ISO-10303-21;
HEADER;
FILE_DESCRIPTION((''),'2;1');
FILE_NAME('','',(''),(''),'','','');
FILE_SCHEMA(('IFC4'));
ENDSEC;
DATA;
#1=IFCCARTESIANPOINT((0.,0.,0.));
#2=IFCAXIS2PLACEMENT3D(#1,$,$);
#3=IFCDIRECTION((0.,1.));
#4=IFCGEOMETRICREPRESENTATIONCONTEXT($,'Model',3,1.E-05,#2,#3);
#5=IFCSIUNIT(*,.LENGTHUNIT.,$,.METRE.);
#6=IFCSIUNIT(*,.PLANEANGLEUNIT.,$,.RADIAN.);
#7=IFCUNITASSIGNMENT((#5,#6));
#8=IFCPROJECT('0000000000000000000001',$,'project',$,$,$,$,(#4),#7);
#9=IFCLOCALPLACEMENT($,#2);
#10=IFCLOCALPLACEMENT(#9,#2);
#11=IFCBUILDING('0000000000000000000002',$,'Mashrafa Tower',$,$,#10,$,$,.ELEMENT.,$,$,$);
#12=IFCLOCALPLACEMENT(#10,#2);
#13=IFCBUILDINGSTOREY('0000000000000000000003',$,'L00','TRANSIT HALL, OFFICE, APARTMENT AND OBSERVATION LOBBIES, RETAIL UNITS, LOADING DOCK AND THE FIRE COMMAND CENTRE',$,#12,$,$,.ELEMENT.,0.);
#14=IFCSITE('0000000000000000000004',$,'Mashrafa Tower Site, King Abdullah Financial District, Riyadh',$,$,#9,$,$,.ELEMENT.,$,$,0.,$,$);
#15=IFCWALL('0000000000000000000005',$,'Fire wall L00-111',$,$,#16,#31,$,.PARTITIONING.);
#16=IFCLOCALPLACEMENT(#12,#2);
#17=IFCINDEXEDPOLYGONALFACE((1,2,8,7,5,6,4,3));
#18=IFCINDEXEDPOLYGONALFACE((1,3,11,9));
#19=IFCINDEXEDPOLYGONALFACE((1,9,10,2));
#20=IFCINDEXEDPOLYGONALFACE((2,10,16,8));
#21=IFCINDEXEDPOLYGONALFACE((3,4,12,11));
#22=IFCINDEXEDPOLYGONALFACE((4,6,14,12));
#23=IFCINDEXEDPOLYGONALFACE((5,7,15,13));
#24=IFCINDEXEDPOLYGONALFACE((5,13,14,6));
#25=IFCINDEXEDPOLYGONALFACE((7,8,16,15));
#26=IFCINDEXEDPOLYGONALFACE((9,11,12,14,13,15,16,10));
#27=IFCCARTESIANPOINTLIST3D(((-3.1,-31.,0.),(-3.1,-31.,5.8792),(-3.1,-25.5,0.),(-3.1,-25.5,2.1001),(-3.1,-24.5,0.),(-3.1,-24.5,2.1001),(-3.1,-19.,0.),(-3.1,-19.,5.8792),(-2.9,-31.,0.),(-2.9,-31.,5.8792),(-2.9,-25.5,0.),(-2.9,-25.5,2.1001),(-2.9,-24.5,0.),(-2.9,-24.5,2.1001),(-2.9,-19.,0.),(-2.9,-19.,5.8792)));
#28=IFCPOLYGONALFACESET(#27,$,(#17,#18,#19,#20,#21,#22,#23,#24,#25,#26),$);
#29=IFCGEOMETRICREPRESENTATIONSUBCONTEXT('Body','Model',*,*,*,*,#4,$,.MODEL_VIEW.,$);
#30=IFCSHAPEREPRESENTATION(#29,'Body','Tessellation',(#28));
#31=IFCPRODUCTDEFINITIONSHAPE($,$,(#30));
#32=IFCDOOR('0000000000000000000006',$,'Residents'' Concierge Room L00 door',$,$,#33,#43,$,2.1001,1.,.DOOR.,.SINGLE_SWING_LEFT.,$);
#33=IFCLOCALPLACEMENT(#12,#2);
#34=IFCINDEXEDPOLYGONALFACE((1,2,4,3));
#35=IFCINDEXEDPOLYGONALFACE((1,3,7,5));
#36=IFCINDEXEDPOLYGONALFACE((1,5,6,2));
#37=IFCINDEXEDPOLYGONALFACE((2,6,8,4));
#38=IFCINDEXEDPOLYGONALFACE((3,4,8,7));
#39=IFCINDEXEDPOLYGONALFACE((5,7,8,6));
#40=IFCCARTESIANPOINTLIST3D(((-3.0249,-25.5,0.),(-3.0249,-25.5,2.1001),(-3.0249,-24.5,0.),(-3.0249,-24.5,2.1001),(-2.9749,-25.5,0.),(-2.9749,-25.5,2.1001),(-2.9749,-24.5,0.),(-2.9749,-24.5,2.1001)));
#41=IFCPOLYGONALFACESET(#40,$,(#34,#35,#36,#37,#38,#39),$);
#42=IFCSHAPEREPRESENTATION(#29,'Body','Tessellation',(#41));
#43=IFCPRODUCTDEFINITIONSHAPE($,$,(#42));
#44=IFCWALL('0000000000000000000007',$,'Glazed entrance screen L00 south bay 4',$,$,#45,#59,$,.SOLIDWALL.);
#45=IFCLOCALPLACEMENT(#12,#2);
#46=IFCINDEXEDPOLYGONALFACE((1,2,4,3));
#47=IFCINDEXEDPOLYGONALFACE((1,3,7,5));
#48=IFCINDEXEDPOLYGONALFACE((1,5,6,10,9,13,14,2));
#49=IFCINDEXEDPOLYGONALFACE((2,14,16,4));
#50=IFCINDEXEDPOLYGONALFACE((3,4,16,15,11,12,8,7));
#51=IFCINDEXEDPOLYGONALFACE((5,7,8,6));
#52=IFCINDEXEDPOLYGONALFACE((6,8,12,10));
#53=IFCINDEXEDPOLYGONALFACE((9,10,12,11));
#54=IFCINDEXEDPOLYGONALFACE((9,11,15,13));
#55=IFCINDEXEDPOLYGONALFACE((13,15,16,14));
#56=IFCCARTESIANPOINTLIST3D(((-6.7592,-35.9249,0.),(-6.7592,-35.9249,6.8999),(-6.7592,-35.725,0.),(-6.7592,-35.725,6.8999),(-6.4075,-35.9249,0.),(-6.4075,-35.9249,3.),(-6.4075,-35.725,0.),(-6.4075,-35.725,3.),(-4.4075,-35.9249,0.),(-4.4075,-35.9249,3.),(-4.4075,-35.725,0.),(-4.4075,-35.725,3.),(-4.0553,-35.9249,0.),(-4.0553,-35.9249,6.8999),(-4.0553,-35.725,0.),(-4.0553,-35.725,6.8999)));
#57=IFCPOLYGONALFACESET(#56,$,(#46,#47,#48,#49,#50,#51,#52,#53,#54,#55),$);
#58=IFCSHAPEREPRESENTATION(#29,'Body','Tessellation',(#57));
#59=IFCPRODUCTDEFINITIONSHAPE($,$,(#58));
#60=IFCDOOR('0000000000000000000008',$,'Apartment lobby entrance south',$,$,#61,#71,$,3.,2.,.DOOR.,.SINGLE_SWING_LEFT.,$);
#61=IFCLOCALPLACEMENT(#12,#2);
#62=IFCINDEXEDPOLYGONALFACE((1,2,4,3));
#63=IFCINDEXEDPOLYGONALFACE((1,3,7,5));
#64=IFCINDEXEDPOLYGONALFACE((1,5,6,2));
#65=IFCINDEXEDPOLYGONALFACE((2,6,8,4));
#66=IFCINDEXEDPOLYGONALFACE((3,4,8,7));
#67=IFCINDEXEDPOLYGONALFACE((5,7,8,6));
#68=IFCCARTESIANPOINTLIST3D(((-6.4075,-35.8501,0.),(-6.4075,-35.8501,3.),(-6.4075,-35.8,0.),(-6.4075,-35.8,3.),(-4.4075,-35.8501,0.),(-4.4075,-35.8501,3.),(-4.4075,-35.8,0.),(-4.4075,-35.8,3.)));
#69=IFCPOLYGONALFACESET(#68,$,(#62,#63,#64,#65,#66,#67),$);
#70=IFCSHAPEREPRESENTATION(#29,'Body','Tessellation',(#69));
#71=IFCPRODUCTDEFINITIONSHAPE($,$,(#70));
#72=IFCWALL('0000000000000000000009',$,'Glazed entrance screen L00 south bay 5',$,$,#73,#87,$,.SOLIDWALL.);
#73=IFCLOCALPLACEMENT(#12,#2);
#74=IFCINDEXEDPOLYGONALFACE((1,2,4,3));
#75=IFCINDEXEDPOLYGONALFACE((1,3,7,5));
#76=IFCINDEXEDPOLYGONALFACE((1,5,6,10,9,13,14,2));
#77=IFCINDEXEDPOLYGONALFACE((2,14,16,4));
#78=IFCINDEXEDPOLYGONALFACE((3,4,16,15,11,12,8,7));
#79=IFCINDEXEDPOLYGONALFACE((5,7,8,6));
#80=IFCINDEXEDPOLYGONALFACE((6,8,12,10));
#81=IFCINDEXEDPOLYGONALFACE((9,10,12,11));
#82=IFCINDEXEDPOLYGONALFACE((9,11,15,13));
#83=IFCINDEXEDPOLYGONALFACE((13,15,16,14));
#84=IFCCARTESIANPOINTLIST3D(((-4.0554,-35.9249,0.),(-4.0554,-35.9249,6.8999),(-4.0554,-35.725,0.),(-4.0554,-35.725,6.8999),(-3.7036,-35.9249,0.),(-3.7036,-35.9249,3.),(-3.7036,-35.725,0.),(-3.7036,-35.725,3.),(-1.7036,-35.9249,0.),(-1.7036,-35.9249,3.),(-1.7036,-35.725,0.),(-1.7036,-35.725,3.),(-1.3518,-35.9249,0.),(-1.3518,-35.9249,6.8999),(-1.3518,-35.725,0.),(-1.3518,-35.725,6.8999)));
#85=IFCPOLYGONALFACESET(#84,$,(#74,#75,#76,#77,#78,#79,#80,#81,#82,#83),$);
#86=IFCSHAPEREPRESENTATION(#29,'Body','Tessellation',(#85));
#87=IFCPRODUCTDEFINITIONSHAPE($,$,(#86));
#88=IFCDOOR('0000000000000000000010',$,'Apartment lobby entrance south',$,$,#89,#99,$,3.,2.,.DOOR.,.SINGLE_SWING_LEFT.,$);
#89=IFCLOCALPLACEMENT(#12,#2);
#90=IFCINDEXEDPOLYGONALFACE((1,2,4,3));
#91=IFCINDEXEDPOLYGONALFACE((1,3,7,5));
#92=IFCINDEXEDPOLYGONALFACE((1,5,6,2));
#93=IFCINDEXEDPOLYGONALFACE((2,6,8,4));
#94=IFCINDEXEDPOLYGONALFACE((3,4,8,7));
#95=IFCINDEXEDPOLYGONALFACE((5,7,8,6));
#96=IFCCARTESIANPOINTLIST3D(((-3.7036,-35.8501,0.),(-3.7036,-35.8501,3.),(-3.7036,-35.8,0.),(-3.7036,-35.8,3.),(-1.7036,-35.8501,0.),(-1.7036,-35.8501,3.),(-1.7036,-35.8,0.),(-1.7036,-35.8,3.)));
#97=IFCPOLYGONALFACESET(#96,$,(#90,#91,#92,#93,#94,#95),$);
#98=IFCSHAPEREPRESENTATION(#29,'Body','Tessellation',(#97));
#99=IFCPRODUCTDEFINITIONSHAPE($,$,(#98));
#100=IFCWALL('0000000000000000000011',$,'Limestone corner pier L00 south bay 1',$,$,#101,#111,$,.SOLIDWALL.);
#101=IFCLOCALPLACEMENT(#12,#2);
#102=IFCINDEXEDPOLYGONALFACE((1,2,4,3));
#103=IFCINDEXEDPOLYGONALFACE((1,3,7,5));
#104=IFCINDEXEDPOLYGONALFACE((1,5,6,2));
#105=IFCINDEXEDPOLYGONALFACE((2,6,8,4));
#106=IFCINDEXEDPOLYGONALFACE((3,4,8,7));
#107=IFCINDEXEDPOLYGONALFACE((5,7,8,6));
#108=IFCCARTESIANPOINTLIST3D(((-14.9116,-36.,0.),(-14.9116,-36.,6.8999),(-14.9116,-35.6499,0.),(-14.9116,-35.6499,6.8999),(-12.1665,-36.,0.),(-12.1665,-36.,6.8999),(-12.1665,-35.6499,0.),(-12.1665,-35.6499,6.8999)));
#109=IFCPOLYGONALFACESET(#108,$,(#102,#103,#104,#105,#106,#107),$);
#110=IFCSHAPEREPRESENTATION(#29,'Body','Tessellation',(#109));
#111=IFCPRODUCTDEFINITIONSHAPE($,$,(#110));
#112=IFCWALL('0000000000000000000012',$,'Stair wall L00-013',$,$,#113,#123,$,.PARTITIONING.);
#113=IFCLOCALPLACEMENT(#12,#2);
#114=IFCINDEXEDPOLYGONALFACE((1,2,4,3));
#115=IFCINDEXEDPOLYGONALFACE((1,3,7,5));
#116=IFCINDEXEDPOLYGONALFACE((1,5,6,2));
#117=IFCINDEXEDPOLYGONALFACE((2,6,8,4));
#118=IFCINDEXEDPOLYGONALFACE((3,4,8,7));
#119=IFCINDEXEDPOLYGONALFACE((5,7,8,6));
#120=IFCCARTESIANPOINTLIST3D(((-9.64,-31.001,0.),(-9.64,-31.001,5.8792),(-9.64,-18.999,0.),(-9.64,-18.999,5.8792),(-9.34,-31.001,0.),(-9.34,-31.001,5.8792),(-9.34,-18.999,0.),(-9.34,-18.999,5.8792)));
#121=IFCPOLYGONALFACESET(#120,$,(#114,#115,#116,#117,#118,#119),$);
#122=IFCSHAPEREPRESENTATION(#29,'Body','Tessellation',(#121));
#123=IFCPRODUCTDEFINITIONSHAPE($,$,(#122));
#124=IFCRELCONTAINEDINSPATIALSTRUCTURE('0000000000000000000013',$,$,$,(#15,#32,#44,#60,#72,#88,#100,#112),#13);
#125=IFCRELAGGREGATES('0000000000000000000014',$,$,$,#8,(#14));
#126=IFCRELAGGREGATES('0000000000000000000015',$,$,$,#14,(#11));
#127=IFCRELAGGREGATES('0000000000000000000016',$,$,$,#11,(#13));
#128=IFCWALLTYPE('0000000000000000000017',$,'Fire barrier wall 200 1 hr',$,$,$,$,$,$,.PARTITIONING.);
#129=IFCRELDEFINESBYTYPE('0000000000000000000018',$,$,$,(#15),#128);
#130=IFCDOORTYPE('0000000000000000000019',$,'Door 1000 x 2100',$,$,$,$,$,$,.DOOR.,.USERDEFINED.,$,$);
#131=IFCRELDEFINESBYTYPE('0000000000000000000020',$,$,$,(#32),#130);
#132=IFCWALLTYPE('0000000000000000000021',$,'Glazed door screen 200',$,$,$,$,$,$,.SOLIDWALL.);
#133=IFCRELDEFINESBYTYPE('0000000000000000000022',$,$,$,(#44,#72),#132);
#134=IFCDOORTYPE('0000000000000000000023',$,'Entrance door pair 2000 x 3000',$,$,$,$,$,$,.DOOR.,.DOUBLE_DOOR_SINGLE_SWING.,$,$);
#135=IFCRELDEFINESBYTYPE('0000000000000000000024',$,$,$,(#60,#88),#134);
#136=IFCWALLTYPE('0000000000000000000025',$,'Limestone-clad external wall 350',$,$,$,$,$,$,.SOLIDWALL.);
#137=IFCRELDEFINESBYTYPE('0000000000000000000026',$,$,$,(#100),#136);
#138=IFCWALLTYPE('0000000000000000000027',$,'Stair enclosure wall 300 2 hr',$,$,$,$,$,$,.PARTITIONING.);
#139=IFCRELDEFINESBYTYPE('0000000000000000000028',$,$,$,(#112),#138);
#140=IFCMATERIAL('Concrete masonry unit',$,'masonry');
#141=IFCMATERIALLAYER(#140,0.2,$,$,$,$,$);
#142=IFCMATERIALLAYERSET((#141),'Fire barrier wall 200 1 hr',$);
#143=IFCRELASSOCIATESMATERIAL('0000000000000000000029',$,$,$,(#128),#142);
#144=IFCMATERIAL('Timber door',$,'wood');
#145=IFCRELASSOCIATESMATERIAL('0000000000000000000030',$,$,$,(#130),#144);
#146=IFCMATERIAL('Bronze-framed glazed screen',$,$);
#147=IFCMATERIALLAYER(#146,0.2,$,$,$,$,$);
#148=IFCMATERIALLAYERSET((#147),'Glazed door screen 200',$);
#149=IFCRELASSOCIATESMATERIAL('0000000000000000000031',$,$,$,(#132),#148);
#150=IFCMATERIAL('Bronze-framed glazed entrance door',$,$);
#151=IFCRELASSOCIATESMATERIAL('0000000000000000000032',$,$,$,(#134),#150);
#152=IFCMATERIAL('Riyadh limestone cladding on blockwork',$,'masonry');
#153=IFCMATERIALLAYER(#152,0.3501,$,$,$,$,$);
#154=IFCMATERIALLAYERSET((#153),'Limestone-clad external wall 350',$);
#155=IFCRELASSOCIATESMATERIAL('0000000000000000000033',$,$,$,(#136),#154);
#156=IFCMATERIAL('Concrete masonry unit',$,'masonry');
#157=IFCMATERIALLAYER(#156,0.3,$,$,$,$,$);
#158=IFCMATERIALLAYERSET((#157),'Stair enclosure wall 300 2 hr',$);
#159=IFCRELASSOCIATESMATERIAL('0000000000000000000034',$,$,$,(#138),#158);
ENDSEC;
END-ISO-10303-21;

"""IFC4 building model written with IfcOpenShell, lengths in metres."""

from ifc_helpers import new_model, si_unit, direction, frame, frame_2d, origin, place, context, subcontext, project, spatial, rectangle, extrude, material, layer, layer_set, type_object, element, fill, save


model = new_model("IFC4")

# Units and contexts
model_context = context("Model", 3, precision=1e-05, world=origin(), true_north=direction((0.0, 1.0)))
body_context = subcontext(model_context, "Body", "Model", "MODEL_VIEW")
ifc_project = project(units=[si_unit("LENGTHUNIT", "METRE"), si_unit("PLANEANGLEUNIT", "RADIAN")], contexts=[model_context])

# Site, building, storey
site_placement = place(None, origin())
site = spatial("IfcSite", under=ifc_project, at=site_placement, Name="Mashrafa Tower Site, King Abdullah Financial District, Riyadh", CompositionType="ELEMENT", RefElevation=0.0)
building_placement = place(site_placement, origin())
building = spatial("IfcBuilding", under=site, at=building_placement, Name="Mashrafa Tower", CompositionType="ELEMENT")
storey_placement = place(building_placement, origin())
storey = spatial("IfcBuildingStorey", under=building, at=storey_placement, Name="L00", Description="TRANSIT HALL, OFFICE, APARTMENT AND OBSERVATION LOBBIES, RETAIL UNITS, LOADING DOCK AND THE FIRE COMMAND CENTRE", CompositionType="ELEMENT", Elevation=0.0)

# Shared definitions
ifc_material_1 = material(Name="Concrete masonry unit", Category="masonry")
ifc_layer_1 = layer(ifc_material_1, 0.2)
ifc_layer_set_1 = layer_set([ifc_layer_1], Name="Fire barrier wall 200 1 hr")
wall_type_1 = type_object("IfcWallType", Name="Fire barrier wall 200 1 hr", PredefinedType="PARTITIONING", material=ifc_layer_set_1)

# Walls, openings, doors
wall_1_placement = place(storey_placement, frame((-3.0, -31.0, 0.0), z_axis=(0.0, 0.0, 1.0), x_axis=(0.0, 1.0, 0.0)))
wall_1 = element("IfcWall", 1, at=wall_1_placement, inside=storey, type_object=wall_type_1, Name="Fire wall L00-111", PredefinedType="PARTITIONING", context=body_context, shape_type="SweptSolid", body=[
    extrude(rectangle(XDim=12.0, YDim=0.2, at=frame_2d((6.0, 0.0))), origin(), (0.0, 0.0, 1.0), 5.8792),
])
opening_1_placement = place(wall_1_placement, frame((5.5, 0.0, 0.0)))
opening_1 = element("IfcOpeningElement", 2, at=opening_1_placement, cuts=wall_1, PredefinedType="OPENING", context=body_context, shape_type="SweptSolid", body=[
    extrude(rectangle(XDim=1.0, YDim=2.1001, at=frame_2d((0.5, 1.05))), frame((0.0, 0.1099, 0.0), z_axis=(0.0, -1.0, 0.0), x_axis=(1.0, 0.0, 0.0)), (0.0, 0.0, 1.0), 0.22),
])
ifc_material_2 = material(Name="Timber door", Category="wood")
door_type_1 = type_object("IfcDoorType", Name="Door 1000 x 2100", OperationType="USERDEFINED", PredefinedType="DOOR", material=ifc_material_2)
door_1_placement = place(opening_1_placement, origin())
door_1 = element("IfcDoor", 3, at=door_1_placement, inside=storey, type_object=door_type_1, Name="Residents' Concierge Room L00 door", OperationType="SINGLE_SWING_LEFT", OverallHeight=2.1001, OverallWidth=1.0, PredefinedType="DOOR", context=body_context, shape_type="SweptSolid", body=[
    extrude(rectangle(XDim=1.0, YDim=2.1001, at=frame_2d((0.5, 1.05))), frame((0.0, 0.0249, 0.0), z_axis=(0.0, -1.0, 0.0), x_axis=(1.0, 0.0, 0.0)), (0.0, 0.0, 1.0), 0.05),
])
fill(opening_1, door_1)
ifc_material_3 = material(Name="Bronze-framed glazed screen")
ifc_layer_2 = layer(ifc_material_3, 0.2)
ifc_layer_set_2 = layer_set([ifc_layer_2], Name="Glazed door screen 200")
wall_type_2 = type_object("IfcWallType", Name="Glazed door screen 200", PredefinedType="SOLIDWALL", material=ifc_layer_set_2)
wall_2_placement = place(storey_placement, frame((-6.7593, -35.825, 0.0), z_axis=(0.0, 0.0, 1.0), x_axis=(1.0, 0.0, 0.0)))
wall_2 = element("IfcWall", 4, at=wall_2_placement, inside=storey, type_object=wall_type_2, Name="Glazed entrance screen L00 south bay 4", PredefinedType="SOLIDWALL", context=body_context, shape_type="SweptSolid", body=[
    extrude(rectangle(XDim=2.7039, YDim=0.2, at=frame_2d((1.3521, 0.0))), origin(), (0.0, 0.0, 1.0), 6.8999),
])
opening_2_placement = place(wall_2_placement, frame((0.3518, 0.0, 0.0)))
opening_2 = element("IfcOpeningElement", 5, at=opening_2_placement, cuts=wall_2, PredefinedType="OPENING", context=body_context, shape_type="SweptSolid", body=[
    extrude(rectangle(XDim=2.0, YDim=3.0, at=frame_2d((1.0, 1.5))), frame((0.0, 0.1099, 0.0), z_axis=(0.0, -1.0, 0.0), x_axis=(1.0, 0.0, 0.0)), (0.0, 0.0, 1.0), 0.22),
])
ifc_material_4 = material(Name="Bronze-framed glazed entrance door")
door_type_2 = type_object("IfcDoorType", Name="Entrance door pair 2000 x 3000", OperationType="DOUBLE_DOOR_SINGLE_SWING", PredefinedType="DOOR", material=ifc_material_4)
door_2_placement = place(opening_2_placement, origin())
door_2 = element("IfcDoor", 6, at=door_2_placement, inside=storey, type_object=door_type_2, Name="Apartment lobby entrance south", OperationType="SINGLE_SWING_LEFT", OverallHeight=3.0, OverallWidth=2.0, PredefinedType="DOOR", context=body_context, shape_type="SweptSolid", body=[
    extrude(rectangle(XDim=2.0, YDim=3.0, at=frame_2d((1.0, 1.5))), frame((0.0, 0.0249, 0.0), z_axis=(0.0, -1.0, 0.0), x_axis=(1.0, 0.0, 0.0)), (0.0, 0.0, 1.0), 0.05),
])
fill(opening_2, door_2)
wall_3_placement = place(storey_placement, frame((-4.0554, -35.825, 0.0), z_axis=(0.0, 0.0, 1.0), x_axis=(1.0, 0.0, 0.0)))
wall_3 = element("IfcWall", 7, at=wall_3_placement, inside=storey, type_object=wall_type_2, Name="Glazed entrance screen L00 south bay 5", PredefinedType="SOLIDWALL", context=body_context, shape_type="SweptSolid", body=[
    extrude(rectangle(XDim=2.7036, YDim=0.2, at=frame_2d((1.3518, 0.0))), origin(), (0.0, 0.0, 1.0), 6.8999),
])
opening_3_placement = place(wall_3_placement, frame((0.3518, 0.0, 0.0)))
opening_3 = element("IfcOpeningElement", 8, at=opening_3_placement, cuts=wall_3, PredefinedType="OPENING", context=body_context, shape_type="SweptSolid", body=[
    extrude(rectangle(XDim=2.0, YDim=3.0, at=frame_2d((1.0, 1.5))), frame((0.0, 0.1099, 0.0), z_axis=(0.0, -1.0, 0.0), x_axis=(1.0, 0.0, 0.0)), (0.0, 0.0, 1.0), 0.22),
])
door_3_placement = place(opening_3_placement, origin())
door_3 = element("IfcDoor", 9, at=door_3_placement, inside=storey, type_object=door_type_2, Name="Apartment lobby entrance south", OperationType="SINGLE_SWING_LEFT", OverallHeight=3.0, OverallWidth=2.0, PredefinedType="DOOR", context=body_context, shape_type="SweptSolid", body=[
    extrude(rectangle(XDim=2.0, YDim=3.0, at=frame_2d((1.0, 1.5))), frame((0.0, 0.0249, 0.0), z_axis=(0.0, -1.0, 0.0), x_axis=(1.0, 0.0, 0.0)), (0.0, 0.0, 1.0), 0.05),
])
fill(opening_3, door_3)

# Wall
ifc_material_5 = material(Name="Riyadh limestone cladding on blockwork", Category="masonry")
ifc_layer_3 = layer(ifc_material_5, 0.3501)
ifc_layer_set_3 = layer_set([ifc_layer_3], Name="Limestone-clad external wall 350")
wall_type_3 = type_object("IfcWallType", Name="Limestone-clad external wall 350", PredefinedType="SOLIDWALL", material=ifc_layer_set_3)
wall_4_placement = place(storey_placement, frame((-14.9116, -35.825, 0.0), z_axis=(0.0, 0.0, 1.0), x_axis=(1.0, 0.0, 0.0)))
element("IfcWall", 10, at=wall_4_placement, inside=storey, type_object=wall_type_3, Name="Limestone corner pier L00 south bay 1", PredefinedType="SOLIDWALL", context=body_context, shape_type="SweptSolid", body=[
    extrude(rectangle(XDim=2.7451, YDim=0.3501, at=frame_2d((1.3726, 0.0))), origin(), (0.0, 0.0, 1.0), 6.8999),
])

# Wall
ifc_material_6 = material(Name="Concrete masonry unit", Category="masonry")
ifc_layer_4 = layer(ifc_material_6, 0.3)
ifc_layer_set_4 = layer_set([ifc_layer_4], Name="Stair enclosure wall 300 2 hr")
wall_type_4 = type_object("IfcWallType", Name="Stair enclosure wall 300 2 hr", PredefinedType="PARTITIONING", material=ifc_layer_set_4)
wall_5_placement = place(storey_placement, frame((-9.49, -31.001, 0.0), z_axis=(0.0, 0.0, 1.0), x_axis=(0.0, 1.0, 0.0)))
element("IfcWall", 11, at=wall_5_placement, inside=storey, type_object=wall_type_4, Name="Stair wall L00-013", PredefinedType="PARTITIONING", context=body_context, shape_type="SweptSolid", body=[
    extrude(rectangle(XDim=12.002, YDim=0.3, at=frame_2d((6.001, 0.0))), origin(), (0.0, 0.0, 1.0), 5.8792),
])

save(model, "model.ifc")
